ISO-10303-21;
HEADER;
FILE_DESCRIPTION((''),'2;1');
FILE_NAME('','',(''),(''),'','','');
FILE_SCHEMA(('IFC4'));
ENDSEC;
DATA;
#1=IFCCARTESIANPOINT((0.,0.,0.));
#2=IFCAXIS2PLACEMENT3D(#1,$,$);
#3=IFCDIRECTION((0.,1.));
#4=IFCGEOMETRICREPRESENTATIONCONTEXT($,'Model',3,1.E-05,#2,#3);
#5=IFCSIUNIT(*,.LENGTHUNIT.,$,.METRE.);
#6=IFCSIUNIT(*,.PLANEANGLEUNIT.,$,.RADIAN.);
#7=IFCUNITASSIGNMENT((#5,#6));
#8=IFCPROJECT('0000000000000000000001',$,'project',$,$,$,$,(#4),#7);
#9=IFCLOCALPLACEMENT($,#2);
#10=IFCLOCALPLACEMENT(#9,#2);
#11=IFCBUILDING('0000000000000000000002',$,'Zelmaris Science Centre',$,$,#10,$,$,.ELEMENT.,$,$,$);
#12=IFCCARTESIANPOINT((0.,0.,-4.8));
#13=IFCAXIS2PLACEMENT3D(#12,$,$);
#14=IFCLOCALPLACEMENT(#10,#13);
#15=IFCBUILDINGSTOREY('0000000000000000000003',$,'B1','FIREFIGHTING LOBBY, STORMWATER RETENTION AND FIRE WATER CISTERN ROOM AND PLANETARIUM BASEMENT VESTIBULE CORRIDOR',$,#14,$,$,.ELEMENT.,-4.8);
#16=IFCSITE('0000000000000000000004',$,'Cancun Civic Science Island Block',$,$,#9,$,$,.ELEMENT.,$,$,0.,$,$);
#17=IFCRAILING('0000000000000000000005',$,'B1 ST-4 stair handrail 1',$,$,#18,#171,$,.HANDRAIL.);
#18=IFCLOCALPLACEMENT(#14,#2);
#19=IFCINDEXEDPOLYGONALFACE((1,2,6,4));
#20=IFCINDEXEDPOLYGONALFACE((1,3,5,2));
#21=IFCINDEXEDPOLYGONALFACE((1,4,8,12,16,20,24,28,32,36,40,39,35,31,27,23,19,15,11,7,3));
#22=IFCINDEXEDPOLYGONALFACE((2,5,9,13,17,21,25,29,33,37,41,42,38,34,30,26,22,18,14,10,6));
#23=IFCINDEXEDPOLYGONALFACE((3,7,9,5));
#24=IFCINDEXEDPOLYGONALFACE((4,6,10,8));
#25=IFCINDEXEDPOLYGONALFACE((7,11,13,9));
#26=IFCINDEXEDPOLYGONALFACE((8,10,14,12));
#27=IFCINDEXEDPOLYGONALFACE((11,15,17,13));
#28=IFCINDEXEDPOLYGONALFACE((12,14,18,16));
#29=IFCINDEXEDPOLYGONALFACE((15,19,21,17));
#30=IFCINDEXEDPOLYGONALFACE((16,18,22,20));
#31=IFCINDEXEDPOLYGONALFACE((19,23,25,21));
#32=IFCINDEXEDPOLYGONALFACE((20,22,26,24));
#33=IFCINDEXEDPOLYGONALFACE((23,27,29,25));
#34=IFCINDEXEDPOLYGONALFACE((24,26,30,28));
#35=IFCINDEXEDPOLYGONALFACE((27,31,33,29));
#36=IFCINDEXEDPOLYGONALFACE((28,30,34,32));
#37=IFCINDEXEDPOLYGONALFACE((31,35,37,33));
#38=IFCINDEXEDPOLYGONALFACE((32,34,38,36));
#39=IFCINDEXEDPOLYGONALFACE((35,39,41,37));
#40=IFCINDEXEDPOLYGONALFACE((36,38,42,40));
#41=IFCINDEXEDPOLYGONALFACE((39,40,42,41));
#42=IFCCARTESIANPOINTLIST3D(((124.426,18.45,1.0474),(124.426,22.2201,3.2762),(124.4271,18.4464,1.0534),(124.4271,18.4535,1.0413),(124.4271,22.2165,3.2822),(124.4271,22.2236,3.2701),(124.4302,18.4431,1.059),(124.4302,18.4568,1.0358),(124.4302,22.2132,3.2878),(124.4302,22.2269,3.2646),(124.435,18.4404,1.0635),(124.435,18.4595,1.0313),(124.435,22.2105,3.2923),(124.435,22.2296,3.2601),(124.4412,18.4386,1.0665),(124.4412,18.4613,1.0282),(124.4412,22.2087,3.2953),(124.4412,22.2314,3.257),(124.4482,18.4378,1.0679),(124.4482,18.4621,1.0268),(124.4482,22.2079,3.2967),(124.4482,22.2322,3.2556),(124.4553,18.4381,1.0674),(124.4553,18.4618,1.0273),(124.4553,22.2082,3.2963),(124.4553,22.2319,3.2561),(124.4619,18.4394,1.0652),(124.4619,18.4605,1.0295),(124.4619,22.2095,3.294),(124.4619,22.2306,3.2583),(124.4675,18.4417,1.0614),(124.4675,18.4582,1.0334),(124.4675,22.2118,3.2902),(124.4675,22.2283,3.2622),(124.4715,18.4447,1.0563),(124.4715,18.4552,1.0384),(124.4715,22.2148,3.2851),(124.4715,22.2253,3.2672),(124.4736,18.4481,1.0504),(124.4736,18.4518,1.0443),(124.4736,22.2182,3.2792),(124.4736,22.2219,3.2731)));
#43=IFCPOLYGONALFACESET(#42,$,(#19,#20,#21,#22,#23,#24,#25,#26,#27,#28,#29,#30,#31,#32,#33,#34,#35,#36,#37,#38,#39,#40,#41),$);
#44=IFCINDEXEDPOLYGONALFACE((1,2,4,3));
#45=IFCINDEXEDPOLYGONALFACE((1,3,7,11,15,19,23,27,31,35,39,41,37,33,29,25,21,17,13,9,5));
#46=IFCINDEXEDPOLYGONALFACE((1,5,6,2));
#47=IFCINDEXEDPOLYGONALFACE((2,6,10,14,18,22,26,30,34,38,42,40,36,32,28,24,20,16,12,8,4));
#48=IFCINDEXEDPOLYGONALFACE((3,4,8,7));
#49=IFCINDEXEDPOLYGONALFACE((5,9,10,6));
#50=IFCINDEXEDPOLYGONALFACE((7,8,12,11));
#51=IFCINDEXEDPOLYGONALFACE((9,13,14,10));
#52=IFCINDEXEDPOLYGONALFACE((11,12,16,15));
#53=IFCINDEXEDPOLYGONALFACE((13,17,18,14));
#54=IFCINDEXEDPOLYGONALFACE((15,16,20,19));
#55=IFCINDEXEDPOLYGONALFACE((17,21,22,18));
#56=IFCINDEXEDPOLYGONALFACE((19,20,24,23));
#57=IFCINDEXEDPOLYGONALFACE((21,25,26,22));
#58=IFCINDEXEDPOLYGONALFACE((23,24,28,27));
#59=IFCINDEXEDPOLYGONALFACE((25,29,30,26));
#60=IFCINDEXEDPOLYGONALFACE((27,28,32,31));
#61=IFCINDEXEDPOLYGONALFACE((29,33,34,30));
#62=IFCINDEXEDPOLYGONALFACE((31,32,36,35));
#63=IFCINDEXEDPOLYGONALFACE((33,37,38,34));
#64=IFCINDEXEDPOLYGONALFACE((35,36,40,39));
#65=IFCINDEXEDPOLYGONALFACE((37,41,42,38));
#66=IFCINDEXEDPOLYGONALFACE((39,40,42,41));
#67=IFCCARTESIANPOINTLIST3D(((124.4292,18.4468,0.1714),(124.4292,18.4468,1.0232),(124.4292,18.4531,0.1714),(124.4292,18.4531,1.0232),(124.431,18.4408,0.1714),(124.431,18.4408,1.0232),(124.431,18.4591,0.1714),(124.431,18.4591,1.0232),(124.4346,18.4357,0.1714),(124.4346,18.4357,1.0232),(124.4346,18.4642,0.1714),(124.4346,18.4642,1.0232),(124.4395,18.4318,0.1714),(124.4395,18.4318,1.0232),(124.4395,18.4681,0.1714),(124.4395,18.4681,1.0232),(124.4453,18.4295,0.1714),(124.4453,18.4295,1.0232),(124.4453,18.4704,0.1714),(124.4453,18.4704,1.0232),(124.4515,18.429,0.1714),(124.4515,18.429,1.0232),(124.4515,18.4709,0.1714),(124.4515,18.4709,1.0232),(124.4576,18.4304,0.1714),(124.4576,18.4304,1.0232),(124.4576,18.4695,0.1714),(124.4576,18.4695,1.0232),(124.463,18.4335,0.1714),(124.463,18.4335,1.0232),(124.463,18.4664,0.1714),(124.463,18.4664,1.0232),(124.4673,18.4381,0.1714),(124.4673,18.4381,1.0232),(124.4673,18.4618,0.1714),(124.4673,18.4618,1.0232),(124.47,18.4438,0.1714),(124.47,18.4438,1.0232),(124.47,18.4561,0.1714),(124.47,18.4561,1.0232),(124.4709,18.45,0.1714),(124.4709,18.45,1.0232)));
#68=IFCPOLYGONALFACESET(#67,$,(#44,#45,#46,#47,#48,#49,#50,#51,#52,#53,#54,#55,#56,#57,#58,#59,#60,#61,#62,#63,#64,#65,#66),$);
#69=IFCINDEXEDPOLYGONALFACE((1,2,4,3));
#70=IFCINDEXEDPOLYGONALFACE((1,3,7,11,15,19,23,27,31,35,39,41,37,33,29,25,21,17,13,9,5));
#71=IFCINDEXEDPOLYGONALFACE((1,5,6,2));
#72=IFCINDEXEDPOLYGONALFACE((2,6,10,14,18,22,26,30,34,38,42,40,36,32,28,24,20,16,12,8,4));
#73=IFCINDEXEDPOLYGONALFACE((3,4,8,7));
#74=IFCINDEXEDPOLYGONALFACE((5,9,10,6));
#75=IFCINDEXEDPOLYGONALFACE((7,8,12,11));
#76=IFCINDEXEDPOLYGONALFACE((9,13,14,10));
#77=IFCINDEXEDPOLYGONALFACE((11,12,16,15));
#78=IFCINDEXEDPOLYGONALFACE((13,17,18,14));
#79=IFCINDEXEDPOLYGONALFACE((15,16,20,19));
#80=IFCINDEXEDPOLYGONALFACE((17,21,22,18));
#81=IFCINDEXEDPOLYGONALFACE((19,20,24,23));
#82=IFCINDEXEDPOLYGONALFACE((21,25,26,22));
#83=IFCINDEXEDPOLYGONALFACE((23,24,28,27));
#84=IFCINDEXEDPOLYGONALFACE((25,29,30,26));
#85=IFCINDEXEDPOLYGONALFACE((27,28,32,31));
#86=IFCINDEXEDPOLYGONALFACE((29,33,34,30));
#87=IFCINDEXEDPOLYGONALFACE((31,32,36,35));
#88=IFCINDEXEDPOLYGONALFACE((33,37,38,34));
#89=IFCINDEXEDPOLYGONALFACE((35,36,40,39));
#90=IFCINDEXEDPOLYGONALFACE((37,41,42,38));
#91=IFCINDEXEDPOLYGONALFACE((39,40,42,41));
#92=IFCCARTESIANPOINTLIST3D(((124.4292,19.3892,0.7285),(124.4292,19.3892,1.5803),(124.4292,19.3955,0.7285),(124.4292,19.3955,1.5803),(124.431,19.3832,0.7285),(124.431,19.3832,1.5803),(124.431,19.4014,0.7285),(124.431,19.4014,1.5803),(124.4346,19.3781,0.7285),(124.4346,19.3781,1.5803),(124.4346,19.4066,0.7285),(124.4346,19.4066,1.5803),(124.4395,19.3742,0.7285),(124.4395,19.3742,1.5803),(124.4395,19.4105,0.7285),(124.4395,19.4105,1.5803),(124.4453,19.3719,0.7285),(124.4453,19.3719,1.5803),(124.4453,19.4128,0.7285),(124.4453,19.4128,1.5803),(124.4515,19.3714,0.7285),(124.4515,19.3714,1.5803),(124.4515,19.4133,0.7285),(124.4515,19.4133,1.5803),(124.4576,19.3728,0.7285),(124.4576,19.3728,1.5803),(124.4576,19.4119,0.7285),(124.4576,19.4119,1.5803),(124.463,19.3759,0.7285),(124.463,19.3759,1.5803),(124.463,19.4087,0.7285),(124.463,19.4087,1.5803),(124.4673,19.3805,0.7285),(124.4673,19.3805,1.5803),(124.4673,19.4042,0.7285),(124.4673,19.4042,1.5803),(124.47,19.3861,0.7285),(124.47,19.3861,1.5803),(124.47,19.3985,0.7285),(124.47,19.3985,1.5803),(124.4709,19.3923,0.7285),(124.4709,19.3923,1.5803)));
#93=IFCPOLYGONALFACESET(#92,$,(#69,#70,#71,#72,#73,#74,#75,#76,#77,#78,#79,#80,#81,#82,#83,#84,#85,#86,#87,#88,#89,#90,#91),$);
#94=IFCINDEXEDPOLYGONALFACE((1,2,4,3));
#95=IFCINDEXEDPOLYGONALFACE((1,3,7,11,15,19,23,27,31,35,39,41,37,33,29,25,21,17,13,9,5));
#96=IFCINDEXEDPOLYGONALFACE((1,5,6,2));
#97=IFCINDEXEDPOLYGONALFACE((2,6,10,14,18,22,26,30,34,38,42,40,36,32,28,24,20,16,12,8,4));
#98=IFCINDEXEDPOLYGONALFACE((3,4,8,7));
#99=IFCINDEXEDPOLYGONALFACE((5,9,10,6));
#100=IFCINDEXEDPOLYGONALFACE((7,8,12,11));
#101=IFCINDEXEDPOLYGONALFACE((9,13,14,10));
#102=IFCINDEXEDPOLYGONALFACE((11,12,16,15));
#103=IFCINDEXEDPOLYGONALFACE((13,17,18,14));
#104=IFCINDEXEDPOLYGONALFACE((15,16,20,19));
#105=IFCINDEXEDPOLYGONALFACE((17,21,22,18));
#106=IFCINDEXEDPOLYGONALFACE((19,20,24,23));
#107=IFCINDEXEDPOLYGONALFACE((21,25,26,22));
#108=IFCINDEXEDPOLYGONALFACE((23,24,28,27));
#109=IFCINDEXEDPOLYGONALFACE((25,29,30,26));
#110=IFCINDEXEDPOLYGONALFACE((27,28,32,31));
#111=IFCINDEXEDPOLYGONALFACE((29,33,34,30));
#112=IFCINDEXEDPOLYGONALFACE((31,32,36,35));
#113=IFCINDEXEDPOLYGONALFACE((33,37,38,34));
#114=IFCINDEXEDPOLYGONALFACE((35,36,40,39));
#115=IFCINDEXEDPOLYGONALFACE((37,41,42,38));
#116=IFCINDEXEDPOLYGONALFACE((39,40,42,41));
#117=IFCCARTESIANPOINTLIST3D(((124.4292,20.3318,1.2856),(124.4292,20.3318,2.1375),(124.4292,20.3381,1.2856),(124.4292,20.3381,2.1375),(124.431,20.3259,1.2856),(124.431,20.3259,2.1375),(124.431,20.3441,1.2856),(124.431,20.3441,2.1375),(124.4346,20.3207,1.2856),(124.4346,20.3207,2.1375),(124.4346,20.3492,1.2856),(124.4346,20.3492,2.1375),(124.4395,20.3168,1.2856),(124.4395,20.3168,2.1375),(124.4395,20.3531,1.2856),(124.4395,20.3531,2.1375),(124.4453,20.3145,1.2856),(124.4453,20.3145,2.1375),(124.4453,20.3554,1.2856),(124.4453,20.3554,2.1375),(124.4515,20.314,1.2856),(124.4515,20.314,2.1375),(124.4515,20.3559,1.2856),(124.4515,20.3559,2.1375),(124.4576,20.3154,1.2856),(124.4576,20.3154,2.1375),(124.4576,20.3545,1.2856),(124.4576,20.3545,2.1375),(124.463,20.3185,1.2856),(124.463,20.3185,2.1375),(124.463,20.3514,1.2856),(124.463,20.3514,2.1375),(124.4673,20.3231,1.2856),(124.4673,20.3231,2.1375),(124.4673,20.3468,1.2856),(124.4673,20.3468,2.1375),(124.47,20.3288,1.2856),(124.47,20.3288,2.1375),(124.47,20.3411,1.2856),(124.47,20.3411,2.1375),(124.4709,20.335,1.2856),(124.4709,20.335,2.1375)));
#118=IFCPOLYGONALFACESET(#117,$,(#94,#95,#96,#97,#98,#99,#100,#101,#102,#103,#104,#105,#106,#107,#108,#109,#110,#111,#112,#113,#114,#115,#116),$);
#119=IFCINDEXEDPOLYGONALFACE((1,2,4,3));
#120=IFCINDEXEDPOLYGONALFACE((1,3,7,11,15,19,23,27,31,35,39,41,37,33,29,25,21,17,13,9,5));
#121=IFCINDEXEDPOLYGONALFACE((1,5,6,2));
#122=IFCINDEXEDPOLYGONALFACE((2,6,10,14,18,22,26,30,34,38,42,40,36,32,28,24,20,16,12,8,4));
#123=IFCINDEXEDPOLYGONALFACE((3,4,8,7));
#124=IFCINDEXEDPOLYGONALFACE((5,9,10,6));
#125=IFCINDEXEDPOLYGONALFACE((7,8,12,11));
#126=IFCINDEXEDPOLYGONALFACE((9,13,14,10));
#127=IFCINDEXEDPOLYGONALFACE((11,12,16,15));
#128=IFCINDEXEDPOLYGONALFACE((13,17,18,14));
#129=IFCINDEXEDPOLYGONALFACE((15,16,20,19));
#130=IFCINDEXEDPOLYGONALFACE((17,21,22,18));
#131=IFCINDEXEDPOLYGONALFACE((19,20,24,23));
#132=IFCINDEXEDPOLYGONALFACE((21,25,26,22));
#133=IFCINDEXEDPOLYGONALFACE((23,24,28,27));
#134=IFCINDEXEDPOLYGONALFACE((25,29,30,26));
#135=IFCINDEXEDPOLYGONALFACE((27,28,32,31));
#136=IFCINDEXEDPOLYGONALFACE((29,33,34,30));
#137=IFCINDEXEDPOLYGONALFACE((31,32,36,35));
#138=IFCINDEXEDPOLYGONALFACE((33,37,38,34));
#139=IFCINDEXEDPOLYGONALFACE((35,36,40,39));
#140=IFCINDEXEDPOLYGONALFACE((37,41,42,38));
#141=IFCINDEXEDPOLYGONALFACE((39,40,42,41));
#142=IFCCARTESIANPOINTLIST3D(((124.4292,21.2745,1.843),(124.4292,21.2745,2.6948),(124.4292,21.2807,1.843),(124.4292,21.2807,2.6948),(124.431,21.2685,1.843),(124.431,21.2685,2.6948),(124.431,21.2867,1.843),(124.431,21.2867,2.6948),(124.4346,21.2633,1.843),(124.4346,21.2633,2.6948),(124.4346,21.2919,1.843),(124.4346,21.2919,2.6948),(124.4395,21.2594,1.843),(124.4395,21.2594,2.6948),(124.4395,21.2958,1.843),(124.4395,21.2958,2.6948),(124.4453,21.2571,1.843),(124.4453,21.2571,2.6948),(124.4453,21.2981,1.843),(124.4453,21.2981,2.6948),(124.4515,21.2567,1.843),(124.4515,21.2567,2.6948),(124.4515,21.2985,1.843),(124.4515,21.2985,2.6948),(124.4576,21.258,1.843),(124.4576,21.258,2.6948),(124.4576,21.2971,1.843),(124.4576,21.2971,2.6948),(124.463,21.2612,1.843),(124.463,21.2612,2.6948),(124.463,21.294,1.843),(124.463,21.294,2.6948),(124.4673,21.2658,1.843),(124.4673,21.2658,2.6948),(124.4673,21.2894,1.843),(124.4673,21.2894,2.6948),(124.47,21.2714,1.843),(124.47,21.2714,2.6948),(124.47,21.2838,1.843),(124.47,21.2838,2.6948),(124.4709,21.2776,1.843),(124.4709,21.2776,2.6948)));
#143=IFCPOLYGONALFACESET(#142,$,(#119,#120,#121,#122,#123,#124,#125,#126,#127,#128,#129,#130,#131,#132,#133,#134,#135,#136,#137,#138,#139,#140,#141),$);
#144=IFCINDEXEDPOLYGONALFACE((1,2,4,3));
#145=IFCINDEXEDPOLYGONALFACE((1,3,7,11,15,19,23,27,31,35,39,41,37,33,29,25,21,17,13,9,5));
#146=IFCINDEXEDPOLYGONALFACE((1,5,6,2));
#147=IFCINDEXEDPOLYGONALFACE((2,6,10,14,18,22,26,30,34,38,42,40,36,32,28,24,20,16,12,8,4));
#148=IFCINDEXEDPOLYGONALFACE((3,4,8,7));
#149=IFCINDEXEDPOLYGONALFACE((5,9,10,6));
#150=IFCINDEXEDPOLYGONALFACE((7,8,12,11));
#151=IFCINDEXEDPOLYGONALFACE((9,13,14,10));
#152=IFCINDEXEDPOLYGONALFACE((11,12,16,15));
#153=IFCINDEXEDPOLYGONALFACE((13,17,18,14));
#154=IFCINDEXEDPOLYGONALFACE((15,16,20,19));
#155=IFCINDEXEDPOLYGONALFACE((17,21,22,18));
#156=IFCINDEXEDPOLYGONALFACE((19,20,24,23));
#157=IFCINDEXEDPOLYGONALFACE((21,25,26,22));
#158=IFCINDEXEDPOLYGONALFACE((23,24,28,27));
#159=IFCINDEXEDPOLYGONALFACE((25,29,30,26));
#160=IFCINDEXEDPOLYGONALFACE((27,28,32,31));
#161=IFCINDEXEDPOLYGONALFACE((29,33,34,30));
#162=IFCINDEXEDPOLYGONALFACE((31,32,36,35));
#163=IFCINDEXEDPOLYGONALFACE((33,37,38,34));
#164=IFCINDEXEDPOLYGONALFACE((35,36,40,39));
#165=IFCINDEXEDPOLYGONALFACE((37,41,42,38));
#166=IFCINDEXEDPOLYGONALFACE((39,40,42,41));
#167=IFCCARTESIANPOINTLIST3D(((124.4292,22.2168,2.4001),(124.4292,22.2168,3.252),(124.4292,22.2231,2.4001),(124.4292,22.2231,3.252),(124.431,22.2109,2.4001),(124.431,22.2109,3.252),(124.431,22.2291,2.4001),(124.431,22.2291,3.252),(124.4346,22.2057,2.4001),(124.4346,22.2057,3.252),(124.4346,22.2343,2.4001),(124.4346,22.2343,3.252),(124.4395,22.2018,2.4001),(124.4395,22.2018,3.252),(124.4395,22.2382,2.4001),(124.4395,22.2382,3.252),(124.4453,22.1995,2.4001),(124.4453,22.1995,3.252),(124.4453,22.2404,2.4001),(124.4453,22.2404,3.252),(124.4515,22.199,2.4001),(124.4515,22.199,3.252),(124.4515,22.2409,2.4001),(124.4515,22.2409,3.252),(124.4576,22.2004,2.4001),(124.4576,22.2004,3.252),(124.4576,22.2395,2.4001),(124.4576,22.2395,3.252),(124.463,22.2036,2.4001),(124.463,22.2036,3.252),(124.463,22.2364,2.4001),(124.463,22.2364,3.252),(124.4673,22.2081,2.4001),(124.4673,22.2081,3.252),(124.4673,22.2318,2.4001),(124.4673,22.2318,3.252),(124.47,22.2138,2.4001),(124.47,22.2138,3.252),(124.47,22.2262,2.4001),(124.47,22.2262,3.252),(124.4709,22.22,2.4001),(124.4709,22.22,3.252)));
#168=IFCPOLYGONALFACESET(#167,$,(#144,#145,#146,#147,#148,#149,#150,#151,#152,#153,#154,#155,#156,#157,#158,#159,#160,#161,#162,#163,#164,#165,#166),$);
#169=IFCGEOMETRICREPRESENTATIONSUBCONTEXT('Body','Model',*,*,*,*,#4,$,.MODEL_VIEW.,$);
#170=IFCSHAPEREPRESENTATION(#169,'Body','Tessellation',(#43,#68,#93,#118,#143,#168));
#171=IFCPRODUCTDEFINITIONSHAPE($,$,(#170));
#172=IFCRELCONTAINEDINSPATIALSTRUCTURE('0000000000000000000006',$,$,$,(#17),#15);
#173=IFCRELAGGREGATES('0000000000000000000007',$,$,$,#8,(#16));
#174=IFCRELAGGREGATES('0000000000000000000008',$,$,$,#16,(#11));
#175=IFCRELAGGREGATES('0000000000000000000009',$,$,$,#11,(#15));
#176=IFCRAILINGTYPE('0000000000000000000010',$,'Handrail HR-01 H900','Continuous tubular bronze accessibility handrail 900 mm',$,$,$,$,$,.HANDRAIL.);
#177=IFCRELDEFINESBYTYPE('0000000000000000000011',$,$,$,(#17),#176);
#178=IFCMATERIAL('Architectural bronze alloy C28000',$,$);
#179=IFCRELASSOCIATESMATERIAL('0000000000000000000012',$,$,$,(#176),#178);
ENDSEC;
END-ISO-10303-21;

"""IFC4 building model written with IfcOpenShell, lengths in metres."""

from ifc_helpers import new_model, si_unit, direction, frame, origin, origin_2d, place, context, subcontext, project, spatial, circle, extrude, material, type_object, element, save


model = new_model("IFC4")

# Units and contexts
model_context = context("Model", 3, precision=1e-05, world=origin(), true_north=direction((0.0, 1.0)))
body_context = subcontext(model_context, "Body", "Model", "MODEL_VIEW")
ifc_project = project(units=[si_unit("LENGTHUNIT", "METRE"), si_unit("PLANEANGLEUNIT", "RADIAN")], contexts=[model_context])

# Site, building, storey
site_placement = place(None, origin())
site = spatial("IfcSite", under=ifc_project, at=site_placement, Name="Cancun Civic Science Island Block", CompositionType="ELEMENT", RefElevation=0.0)
building_placement = place(site_placement, origin())
building = spatial("IfcBuilding", under=site, at=building_placement, Name="Zelmaris Science Centre", CompositionType="ELEMENT")
storey_placement = place(building_placement, frame((0.0, 0.0, -4.8)))
storey = spatial("IfcBuildingStorey", under=building, at=storey_placement, Name="B1", Description="FIREFIGHTING LOBBY, STORMWATER RETENTION AND FIRE WATER CISTERN ROOM AND PLANETARIUM BASEMENT VESTIBULE CORRIDOR", CompositionType="ELEMENT", Elevation=-4.8)

# Railing
ifc_material_1 = material(Name="Architectural bronze alloy C28000")
railing_type_1 = type_object("IfcRailingType", Name="Handrail HR-01 H900", Description="Continuous tubular bronze accessibility handrail 900 mm", PredefinedType="HANDRAIL", material=ifc_material_1)
railing_1_placement = place(storey_placement, frame((124.45, 18.45, 0.1714)))
element("IfcRailing", 1, at=railing_1_placement, inside=storey, type_object=railing_type_1, Name="B1 ST-4 stair handrail 1", PredefinedType="HANDRAIL", context=body_context, shape_type="SweptSolid", body=[
    extrude(circle(Radius=0.0239, at=origin_2d()), frame((0.0, 0.0, 0.876), z_axis=(0.0, 0.860824, 0.508902), x_axis=(-1.0, 0.0, 0.0)), (0.0, 0.0, 1.0), 4.3796),
    extrude(circle(Radius=0.021, at=origin_2d()), origin(), (0.0, 0.0, 1.0), 0.8518),
    extrude(circle(Radius=0.021, at=origin_2d()), frame((0.0, 0.9424, 0.5571)), (0.0, 0.0, 1.0), 0.8518),
    extrude(circle(Radius=0.021, at=origin_2d()), frame((0.0, 1.885, 1.1143)), (0.0, 0.0, 1.0), 0.8518),
    extrude(circle(Radius=0.021, at=origin_2d()), frame((0.0, 2.8276, 1.6716)), (0.0, 0.0, 1.0), 0.8518),
    extrude(circle(Radius=0.021, at=origin_2d()), frame((0.0, 3.77, 2.2288)), (0.0, 0.0, 1.0), 0.8518),
])

save(model, "model.ifc")
